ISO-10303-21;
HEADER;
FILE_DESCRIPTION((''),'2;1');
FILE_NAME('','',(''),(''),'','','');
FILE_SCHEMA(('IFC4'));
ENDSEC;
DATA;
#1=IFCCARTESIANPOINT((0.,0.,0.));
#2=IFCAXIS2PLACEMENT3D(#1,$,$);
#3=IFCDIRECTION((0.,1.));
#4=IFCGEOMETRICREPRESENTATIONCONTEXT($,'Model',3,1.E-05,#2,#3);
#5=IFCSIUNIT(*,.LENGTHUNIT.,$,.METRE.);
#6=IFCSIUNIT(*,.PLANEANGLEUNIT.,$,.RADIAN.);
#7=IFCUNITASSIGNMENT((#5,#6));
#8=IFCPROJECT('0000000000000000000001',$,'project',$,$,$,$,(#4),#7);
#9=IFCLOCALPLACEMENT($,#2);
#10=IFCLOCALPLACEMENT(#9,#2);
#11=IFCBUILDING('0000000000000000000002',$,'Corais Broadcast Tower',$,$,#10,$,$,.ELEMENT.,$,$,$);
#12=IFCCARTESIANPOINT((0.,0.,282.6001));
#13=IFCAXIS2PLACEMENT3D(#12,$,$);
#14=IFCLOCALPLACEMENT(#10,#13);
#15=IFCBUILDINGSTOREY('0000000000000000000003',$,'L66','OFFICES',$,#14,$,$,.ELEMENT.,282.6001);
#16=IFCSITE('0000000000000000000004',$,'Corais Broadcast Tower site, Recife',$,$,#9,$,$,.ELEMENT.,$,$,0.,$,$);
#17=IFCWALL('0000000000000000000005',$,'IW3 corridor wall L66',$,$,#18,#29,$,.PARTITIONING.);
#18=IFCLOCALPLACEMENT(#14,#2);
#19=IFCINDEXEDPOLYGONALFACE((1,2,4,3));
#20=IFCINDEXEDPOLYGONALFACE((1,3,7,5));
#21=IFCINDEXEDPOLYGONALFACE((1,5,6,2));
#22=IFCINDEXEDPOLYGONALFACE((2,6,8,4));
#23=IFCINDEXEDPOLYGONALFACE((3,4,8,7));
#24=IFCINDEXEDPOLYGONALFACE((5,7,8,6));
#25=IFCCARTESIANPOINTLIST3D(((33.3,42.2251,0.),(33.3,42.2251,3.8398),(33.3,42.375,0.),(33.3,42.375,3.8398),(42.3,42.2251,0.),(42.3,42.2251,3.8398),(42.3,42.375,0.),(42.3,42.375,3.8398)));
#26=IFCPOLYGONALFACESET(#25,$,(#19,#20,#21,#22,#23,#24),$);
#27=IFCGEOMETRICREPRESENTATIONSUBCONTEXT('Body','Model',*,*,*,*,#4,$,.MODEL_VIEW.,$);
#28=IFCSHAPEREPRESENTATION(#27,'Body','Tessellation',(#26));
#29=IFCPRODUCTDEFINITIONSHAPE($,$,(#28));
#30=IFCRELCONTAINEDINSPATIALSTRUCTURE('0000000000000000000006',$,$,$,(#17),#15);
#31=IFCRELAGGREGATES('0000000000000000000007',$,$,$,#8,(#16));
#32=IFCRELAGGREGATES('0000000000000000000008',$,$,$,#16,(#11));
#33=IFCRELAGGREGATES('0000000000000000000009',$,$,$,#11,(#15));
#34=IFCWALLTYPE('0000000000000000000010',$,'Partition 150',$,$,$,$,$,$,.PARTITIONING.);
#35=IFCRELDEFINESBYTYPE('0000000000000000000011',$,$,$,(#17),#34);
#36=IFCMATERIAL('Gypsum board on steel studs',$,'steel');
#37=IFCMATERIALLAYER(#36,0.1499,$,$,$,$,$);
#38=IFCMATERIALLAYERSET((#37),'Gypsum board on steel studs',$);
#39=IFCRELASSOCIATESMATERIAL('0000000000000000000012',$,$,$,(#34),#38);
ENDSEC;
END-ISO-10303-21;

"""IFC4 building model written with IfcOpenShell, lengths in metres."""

from ifc_helpers import new_model, si_unit, direction, frame, frame_2d, origin, place, context, subcontext, project, spatial, rectangle, extrude, material, layer, layer_set, type_object, element, save


model = new_model("IFC4")

# Units and contexts
model_context = context("Model", 3, precision=1e-05, world=origin(), true_north=direction((0.0, 1.0)))
body_context = subcontext(model_context, "Body", "Model", "MODEL_VIEW")
ifc_project = project(units=[si_unit("LENGTHUNIT", "METRE"), si_unit("PLANEANGLEUNIT", "RADIAN")], contexts=[model_context])

# Site, building, storey
site_placement = place(None, origin())
site = spatial("IfcSite", under=ifc_project, at=site_placement, Name="Corais Broadcast Tower site, Recife", CompositionType="ELEMENT", RefElevation=0.0)
building_placement = place(site_placement, origin())
building = spatial("IfcBuilding", under=site, at=building_placement, Name="Corais Broadcast Tower", CompositionType="ELEMENT")
storey_placement = place(building_placement, frame((0.0, 0.0, 282.6001)))
storey = spatial("IfcBuildingStorey", under=building, at=storey_placement, Name="L66", Description="OFFICES", CompositionType="ELEMENT", Elevation=282.6001)

# Wall
ifc_material_1 = material(Name="Gypsum board on steel studs", Category="steel")
ifc_layer_1 = layer(ifc_material_1, 0.1499)
ifc_layer_set_1 = layer_set([ifc_layer_1], Name="Gypsum board on steel studs")
wall_type = type_object("IfcWallType", Name="Partition 150", PredefinedType="PARTITIONING", material=ifc_layer_set_1)
wall_placement = place(storey_placement, frame((42.3, 42.3, 0.0), z_axis=(0.0, 0.0, 1.0), x_axis=(-1.0, 0.0, 0.0)))
element("IfcWall", 1, at=wall_placement, inside=storey, type_object=wall_type, Name="IW3 corridor wall L66", PredefinedType="PARTITIONING", context=body_context, shape_type="SweptSolid", body=[
    extrude(rectangle(XDim=9.0, YDim=0.1499, at=frame_2d((4.5, 0.0))), origin(), (0.0, 0.0, 1.0), 3.8398),
])

save(model, "model.ifc")
